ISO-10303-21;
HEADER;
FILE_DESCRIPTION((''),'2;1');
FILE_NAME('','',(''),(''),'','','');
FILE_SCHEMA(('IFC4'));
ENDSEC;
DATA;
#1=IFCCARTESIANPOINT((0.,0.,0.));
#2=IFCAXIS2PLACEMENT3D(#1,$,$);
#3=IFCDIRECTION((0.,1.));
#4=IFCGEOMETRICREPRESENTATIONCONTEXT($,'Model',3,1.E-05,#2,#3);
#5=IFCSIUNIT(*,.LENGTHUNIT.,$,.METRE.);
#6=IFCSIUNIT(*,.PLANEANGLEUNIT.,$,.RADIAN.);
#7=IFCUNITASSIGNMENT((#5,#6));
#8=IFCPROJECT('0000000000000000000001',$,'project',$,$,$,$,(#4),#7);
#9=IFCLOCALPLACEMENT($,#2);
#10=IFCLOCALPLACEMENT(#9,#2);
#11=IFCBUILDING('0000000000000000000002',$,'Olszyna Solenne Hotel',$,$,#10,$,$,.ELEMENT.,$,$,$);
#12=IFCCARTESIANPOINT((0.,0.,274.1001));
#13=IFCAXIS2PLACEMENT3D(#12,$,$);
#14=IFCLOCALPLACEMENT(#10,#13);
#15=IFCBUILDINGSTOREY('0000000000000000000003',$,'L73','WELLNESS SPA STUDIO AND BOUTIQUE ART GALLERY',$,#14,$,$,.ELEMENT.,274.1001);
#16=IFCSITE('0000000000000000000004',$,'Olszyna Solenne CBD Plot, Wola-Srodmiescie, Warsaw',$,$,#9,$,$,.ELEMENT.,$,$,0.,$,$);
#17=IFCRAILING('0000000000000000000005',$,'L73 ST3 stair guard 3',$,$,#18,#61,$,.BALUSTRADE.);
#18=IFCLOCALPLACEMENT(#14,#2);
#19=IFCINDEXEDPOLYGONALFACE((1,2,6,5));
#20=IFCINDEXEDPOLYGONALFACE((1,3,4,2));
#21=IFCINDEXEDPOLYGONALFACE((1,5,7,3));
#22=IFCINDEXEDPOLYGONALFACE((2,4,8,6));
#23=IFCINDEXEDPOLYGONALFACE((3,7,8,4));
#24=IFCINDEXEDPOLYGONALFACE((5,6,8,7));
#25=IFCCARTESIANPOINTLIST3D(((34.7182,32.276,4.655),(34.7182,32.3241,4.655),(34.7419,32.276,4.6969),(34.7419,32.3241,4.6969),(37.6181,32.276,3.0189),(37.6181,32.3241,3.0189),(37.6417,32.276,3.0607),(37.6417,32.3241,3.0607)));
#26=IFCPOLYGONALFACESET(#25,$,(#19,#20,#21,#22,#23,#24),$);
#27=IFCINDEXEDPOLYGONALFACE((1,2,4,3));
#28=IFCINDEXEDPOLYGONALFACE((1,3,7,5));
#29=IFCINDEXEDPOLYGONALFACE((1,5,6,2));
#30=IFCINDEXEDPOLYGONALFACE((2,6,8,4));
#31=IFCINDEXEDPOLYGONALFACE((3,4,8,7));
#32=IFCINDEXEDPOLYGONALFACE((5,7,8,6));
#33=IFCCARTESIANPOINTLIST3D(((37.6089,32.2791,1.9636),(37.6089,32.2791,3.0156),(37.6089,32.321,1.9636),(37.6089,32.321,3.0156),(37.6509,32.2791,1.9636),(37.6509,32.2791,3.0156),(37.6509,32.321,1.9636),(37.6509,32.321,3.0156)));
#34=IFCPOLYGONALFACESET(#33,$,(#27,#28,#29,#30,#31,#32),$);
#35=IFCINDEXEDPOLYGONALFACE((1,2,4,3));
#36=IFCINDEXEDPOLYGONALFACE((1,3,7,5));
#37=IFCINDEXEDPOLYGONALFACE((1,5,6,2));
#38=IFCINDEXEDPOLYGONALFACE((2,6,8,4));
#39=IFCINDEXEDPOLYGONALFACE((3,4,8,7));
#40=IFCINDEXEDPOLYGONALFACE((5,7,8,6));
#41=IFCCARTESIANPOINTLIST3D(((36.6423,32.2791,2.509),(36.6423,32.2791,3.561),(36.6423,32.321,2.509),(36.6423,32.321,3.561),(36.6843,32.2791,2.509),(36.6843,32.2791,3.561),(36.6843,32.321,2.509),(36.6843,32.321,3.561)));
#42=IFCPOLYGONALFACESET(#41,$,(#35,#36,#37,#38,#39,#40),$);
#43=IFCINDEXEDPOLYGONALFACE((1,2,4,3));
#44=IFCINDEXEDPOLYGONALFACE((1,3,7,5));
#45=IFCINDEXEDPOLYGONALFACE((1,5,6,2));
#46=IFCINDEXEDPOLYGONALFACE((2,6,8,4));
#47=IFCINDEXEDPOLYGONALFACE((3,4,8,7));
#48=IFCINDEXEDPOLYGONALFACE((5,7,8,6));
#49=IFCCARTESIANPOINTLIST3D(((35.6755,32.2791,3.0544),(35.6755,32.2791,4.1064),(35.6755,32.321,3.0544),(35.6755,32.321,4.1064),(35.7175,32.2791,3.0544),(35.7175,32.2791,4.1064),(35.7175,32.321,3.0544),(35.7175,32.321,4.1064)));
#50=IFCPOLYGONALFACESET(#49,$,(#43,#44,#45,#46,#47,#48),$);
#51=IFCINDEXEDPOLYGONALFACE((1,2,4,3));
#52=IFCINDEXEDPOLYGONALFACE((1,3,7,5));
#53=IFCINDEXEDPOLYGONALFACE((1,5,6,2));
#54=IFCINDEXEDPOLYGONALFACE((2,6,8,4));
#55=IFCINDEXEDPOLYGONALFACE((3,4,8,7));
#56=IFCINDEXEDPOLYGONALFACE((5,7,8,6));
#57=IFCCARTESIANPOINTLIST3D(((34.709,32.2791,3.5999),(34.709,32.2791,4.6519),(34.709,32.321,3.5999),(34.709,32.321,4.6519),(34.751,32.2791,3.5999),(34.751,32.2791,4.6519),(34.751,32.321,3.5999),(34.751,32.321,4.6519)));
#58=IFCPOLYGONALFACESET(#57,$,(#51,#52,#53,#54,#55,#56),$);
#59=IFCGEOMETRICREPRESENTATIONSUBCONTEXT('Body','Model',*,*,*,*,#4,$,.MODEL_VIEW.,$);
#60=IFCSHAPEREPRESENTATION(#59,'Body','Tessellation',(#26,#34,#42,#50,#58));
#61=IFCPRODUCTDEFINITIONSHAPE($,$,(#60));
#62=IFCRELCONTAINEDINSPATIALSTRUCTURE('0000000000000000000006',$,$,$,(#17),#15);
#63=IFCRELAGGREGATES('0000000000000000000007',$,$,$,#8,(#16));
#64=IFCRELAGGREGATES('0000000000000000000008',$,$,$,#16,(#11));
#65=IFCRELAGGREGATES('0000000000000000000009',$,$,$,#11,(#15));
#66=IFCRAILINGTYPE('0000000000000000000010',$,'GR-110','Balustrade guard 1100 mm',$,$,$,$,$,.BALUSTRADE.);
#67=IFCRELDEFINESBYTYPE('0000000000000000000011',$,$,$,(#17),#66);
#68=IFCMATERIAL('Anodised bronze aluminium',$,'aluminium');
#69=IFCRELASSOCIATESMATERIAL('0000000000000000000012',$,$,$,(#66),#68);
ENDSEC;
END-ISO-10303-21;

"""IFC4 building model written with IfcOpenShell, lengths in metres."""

from ifc_helpers import new_model, si_unit, direction, frame, origin, origin_2d, place, context, subcontext, project, spatial, rectangle, extrude, material, type_object, element, save


model = new_model("IFC4")

# Units and contexts
model_context = context("Model", 3, precision=1e-05, world=origin(), true_north=direction((0.0, 1.0)))
body_context = subcontext(model_context, "Body", "Model", "MODEL_VIEW")
ifc_project = project(units=[si_unit("LENGTHUNIT", "METRE"), si_unit("PLANEANGLEUNIT", "RADIAN")], contexts=[model_context])

# Site, building, storey
site_placement = place(None, origin())
site = spatial("IfcSite", under=ifc_project, at=site_placement, Name="Olszyna Solenne CBD Plot, Wola-Srodmiescie, Warsaw", CompositionType="ELEMENT", RefElevation=0.0)
building_placement = place(site_placement, origin())
building = spatial("IfcBuilding", under=site, at=building_placement, Name="Olszyna Solenne Hotel", CompositionType="ELEMENT")
storey_placement = place(building_placement, frame((0.0, 0.0, 274.1001)))
storey = spatial("IfcBuildingStorey", under=building, at=storey_placement, Name="L73", Description="WELLNESS SPA STUDIO AND BOUTIQUE ART GALLERY", CompositionType="ELEMENT", Elevation=274.1001)

# Shared definitions
ifc_material_1 = material(Name="Anodised bronze aluminium", Category="aluminium")

# Railing
railing_type = type_object("IfcRailingType", Name="GR-110", Description="Balustrade guard 1100 mm", PredefinedType="BALUSTRADE", material=ifc_material_1)
railing_1_placement = place(storey_placement, frame((37.6299, 32.3, 1.9636)))
element("IfcRailing", 1, at=railing_1_placement, inside=storey, type_object=railing_type, Name="L73 ST3 stair guard 3", PredefinedType="BALUSTRADE", context=body_context, shape_type="SweptSolid", body=[
    extrude(rectangle(XDim=0.0481, YDim=0.0481, at=origin_2d()), frame((0.0, 0.0, 1.0762), z_axis=(-0.870929, 0.0, 0.49141), x_axis=(0.0, -1.0, 0.0)), (0.0, 0.0, 1.0), 3.3296),
    extrude(rectangle(XDim=0.042, YDim=0.042, at=origin_2d()), origin(), (0.0, 0.0, 1.0), 1.052),
    extrude(rectangle(XDim=0.042, YDim=0.042, at=origin_2d()), frame((-0.9666, 0.0, 0.5454)), (0.0, 0.0, 1.0), 1.052),
    extrude(rectangle(XDim=0.042, YDim=0.042, at=origin_2d()), frame((-1.9333, 0.0, 1.0908)), (0.0, 0.0, 1.0), 1.052),
    extrude(rectangle(XDim=0.042, YDim=0.042, at=origin_2d()), frame((-2.8999, 0.0, 1.6362)), (0.0, 0.0, 1.0), 1.052),
])

save(model, "model.ifc")
